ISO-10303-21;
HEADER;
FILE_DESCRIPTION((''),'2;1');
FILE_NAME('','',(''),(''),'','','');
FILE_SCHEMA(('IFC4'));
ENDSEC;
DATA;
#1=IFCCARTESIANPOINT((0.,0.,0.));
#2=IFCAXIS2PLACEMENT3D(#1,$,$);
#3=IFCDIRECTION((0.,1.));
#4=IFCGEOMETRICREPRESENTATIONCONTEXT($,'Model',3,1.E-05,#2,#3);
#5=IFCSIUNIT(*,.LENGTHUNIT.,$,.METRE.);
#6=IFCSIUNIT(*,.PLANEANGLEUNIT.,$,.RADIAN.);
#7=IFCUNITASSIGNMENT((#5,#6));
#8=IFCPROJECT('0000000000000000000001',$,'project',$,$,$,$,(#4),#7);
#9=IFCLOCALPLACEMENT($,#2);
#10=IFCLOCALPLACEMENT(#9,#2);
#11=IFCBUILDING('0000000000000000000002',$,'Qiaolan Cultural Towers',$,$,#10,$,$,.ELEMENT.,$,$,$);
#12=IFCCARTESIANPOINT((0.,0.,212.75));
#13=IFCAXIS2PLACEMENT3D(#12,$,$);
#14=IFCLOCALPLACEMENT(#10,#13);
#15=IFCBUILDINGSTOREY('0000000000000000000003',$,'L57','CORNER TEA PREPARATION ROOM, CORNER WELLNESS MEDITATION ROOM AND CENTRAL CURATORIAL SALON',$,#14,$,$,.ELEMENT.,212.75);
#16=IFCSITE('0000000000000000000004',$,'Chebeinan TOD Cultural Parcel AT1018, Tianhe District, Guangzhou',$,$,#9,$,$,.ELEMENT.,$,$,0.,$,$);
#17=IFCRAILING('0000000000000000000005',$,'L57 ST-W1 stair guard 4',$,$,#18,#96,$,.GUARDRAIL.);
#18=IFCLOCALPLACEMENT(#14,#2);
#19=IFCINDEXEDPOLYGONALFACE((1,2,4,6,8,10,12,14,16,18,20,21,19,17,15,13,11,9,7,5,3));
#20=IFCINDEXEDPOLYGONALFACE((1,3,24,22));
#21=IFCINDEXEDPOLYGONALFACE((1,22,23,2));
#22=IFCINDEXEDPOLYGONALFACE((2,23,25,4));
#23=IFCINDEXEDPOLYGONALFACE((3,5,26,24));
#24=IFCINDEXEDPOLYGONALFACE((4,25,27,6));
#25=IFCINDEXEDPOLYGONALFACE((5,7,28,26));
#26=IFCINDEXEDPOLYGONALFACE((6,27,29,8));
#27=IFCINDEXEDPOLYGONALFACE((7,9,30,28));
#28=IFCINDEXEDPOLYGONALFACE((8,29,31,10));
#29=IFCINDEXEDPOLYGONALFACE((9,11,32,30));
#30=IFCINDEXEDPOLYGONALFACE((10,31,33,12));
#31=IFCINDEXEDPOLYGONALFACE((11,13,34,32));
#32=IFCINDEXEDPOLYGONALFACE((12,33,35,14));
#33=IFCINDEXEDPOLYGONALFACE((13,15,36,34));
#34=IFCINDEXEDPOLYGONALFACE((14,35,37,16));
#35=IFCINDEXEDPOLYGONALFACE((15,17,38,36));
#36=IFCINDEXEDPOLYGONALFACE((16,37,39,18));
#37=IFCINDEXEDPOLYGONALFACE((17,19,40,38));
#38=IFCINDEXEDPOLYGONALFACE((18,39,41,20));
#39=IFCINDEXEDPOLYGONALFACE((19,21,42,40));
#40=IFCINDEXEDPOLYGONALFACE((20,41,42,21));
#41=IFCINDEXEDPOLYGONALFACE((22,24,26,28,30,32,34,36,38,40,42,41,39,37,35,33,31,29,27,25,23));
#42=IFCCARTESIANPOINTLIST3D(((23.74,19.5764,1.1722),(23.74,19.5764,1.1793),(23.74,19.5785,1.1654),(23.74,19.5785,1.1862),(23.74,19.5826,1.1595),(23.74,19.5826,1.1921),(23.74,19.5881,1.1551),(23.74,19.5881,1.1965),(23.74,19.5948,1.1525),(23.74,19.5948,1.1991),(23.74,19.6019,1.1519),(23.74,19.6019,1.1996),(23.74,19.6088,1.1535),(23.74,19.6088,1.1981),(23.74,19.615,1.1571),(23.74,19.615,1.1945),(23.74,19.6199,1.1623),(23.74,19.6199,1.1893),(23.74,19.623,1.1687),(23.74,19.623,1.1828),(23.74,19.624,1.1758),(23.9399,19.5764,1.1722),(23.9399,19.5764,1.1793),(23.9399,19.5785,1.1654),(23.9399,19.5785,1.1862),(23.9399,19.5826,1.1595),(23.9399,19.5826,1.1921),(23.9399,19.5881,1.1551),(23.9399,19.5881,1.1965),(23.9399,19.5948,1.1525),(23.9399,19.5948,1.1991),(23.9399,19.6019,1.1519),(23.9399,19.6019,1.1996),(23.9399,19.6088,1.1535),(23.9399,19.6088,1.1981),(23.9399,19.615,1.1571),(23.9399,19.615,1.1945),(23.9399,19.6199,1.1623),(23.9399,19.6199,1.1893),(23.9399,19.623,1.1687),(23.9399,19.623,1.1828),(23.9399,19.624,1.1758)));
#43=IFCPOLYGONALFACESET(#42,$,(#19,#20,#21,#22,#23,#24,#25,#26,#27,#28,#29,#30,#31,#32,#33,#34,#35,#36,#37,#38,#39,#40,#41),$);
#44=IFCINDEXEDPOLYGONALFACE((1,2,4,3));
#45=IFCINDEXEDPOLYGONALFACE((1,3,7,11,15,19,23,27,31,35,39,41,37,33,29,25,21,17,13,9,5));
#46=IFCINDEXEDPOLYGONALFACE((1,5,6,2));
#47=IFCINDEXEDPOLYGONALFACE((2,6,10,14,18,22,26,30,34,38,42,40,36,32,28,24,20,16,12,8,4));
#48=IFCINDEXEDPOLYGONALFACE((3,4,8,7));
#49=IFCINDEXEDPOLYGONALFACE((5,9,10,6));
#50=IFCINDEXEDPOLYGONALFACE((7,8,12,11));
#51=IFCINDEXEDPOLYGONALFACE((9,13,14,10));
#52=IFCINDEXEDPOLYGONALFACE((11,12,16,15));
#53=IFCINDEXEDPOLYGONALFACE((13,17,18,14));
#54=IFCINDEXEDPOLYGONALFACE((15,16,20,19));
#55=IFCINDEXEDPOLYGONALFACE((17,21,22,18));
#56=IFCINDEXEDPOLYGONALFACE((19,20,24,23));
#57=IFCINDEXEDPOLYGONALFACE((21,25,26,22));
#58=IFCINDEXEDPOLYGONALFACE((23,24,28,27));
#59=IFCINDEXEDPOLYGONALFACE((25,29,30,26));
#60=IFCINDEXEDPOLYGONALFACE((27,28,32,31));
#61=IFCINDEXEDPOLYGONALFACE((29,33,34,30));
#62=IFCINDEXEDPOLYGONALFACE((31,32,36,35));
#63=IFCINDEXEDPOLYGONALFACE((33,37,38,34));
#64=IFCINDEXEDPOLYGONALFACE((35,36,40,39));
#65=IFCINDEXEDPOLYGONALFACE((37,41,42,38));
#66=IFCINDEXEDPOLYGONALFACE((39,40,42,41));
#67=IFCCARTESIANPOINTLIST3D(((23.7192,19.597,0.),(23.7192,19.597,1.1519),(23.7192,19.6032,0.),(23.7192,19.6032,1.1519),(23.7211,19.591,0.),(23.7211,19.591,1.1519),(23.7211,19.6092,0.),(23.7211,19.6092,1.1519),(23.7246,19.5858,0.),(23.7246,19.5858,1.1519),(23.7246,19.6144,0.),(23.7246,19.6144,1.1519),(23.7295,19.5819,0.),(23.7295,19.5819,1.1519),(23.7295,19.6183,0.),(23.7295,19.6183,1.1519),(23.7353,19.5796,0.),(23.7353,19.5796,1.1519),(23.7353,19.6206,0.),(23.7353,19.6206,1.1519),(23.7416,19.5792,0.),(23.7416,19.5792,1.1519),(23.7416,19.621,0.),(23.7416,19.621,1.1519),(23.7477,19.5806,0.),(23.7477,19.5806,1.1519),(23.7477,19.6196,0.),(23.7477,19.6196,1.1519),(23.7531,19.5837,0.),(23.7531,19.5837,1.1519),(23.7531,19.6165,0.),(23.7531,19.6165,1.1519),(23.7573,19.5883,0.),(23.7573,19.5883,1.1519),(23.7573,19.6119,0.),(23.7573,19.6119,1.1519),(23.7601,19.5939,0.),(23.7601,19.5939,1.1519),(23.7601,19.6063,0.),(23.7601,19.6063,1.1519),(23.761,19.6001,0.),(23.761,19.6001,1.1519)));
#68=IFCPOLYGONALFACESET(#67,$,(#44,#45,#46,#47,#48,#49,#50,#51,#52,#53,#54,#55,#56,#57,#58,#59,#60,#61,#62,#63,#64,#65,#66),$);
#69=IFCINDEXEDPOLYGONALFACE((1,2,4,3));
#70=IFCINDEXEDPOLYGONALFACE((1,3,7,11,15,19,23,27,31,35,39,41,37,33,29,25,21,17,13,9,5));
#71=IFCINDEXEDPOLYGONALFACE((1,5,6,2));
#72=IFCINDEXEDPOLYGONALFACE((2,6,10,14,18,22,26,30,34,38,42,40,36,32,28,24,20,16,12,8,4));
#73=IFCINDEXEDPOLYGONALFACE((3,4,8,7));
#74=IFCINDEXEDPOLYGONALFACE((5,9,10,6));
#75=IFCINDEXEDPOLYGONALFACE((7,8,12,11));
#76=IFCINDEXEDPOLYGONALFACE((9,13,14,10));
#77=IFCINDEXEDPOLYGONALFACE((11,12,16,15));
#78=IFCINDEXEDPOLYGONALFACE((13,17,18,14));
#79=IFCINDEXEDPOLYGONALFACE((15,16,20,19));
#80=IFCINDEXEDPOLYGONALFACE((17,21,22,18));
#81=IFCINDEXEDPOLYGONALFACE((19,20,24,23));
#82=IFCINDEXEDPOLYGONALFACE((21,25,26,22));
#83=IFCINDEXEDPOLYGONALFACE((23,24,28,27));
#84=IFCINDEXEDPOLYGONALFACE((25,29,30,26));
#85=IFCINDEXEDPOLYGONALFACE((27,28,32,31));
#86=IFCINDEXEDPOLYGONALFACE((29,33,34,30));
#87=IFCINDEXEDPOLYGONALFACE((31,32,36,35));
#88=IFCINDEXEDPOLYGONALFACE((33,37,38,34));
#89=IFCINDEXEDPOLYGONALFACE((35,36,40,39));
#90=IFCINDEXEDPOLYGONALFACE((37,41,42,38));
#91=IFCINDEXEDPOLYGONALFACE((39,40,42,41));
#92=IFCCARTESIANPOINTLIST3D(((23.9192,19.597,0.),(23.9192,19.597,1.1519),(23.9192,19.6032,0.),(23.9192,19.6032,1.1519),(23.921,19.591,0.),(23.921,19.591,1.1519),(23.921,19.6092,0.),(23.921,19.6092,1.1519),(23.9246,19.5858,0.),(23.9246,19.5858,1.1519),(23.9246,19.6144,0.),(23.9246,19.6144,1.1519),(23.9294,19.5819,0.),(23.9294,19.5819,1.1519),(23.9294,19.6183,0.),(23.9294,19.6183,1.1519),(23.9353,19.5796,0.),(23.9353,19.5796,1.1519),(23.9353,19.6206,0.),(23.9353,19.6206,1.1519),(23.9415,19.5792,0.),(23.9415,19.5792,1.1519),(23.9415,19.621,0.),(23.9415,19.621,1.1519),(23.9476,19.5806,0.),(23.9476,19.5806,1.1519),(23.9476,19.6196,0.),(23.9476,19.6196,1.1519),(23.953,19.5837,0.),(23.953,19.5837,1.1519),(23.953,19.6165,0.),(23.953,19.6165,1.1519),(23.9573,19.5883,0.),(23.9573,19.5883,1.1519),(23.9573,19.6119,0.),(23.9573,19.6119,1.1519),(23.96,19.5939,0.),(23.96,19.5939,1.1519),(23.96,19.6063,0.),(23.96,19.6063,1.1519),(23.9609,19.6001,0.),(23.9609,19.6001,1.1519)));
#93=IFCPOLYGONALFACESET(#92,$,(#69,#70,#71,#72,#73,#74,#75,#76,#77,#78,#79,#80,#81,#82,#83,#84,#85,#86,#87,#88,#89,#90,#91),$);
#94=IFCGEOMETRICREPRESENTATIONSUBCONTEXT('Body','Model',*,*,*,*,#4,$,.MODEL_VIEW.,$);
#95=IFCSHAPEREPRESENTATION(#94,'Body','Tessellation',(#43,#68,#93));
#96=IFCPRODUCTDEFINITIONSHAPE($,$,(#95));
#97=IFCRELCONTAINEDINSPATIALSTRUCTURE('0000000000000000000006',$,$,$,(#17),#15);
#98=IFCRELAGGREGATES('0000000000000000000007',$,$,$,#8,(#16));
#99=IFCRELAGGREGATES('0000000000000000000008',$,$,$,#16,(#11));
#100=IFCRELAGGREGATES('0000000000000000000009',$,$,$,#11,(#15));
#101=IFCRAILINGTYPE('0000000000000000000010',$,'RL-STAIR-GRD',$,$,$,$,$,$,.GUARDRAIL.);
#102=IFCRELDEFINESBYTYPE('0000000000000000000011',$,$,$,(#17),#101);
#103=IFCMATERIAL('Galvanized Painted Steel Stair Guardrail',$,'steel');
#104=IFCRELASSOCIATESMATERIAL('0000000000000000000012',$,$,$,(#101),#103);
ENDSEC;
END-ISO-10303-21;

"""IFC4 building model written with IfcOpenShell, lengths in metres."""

from ifc_helpers import new_model, si_unit, direction, frame, origin, origin_2d, place, context, subcontext, project, spatial, circle, extrude, material, type_object, element, save


model = new_model("IFC4")

# Units and contexts
model_context = context("Model", 3, precision=1e-05, world=origin(), true_north=direction((0.0, 1.0)))
body_context = subcontext(model_context, "Body", "Model", "MODEL_VIEW")
ifc_project = project(units=[si_unit("LENGTHUNIT", "METRE"), si_unit("PLANEANGLEUNIT", "RADIAN")], contexts=[model_context])

# Site, building, storey
site_placement = place(None, origin())
site = spatial("IfcSite", under=ifc_project, at=site_placement, Name="Chebeinan TOD Cultural Parcel AT1018, Tianhe District, Guangzhou", CompositionType="ELEMENT", RefElevation=0.0)
building_placement = place(site_placement, origin())
building = spatial("IfcBuilding", under=site, at=building_placement, Name="Qiaolan Cultural Towers", CompositionType="ELEMENT")
storey_placement = place(building_placement, frame((0.0, 0.0, 212.75)))
storey = spatial("IfcBuildingStorey", under=building, at=storey_placement, Name="L57", Description="CORNER TEA PREPARATION ROOM, CORNER WELLNESS MEDITATION ROOM AND CENTRAL CURATORIAL SALON", CompositionType="ELEMENT", Elevation=212.75)

# Railing
ifc_material_1 = material(Name="Galvanized Painted Steel Stair Guardrail", Category="steel")
railing_type_1 = type_object("IfcRailingType", Name="RL-STAIR-GRD", PredefinedType="GUARDRAIL", material=ifc_material_1)
railing_1_placement = place(storey_placement, frame((23.74, 19.6001, 0.0)))
element("IfcRailing", 1, at=railing_1_placement, inside=storey, type_object=railing_type_1, Name="L57 ST-W1 stair guard 4", PredefinedType="GUARDRAIL", context=body_context, shape_type="SweptSolid", body=[
    extrude(circle(Radius=0.0239, at=origin_2d()), frame((0.0, 0.0, 1.1758), z_axis=(1.0, 0.0, 0.0), x_axis=(0.0, 1.0, 0.0)), (0.0, 0.0, 1.0), 0.2),
    extrude(circle(Radius=0.021, at=origin_2d()), origin(), (0.0, 0.0, 1.0), 1.1519),
    extrude(circle(Radius=0.021, at=origin_2d()), frame((0.2, 0.0, 0.0)), (0.0, 0.0, 1.0), 1.1519),
])

save(model, "model.ifc")
